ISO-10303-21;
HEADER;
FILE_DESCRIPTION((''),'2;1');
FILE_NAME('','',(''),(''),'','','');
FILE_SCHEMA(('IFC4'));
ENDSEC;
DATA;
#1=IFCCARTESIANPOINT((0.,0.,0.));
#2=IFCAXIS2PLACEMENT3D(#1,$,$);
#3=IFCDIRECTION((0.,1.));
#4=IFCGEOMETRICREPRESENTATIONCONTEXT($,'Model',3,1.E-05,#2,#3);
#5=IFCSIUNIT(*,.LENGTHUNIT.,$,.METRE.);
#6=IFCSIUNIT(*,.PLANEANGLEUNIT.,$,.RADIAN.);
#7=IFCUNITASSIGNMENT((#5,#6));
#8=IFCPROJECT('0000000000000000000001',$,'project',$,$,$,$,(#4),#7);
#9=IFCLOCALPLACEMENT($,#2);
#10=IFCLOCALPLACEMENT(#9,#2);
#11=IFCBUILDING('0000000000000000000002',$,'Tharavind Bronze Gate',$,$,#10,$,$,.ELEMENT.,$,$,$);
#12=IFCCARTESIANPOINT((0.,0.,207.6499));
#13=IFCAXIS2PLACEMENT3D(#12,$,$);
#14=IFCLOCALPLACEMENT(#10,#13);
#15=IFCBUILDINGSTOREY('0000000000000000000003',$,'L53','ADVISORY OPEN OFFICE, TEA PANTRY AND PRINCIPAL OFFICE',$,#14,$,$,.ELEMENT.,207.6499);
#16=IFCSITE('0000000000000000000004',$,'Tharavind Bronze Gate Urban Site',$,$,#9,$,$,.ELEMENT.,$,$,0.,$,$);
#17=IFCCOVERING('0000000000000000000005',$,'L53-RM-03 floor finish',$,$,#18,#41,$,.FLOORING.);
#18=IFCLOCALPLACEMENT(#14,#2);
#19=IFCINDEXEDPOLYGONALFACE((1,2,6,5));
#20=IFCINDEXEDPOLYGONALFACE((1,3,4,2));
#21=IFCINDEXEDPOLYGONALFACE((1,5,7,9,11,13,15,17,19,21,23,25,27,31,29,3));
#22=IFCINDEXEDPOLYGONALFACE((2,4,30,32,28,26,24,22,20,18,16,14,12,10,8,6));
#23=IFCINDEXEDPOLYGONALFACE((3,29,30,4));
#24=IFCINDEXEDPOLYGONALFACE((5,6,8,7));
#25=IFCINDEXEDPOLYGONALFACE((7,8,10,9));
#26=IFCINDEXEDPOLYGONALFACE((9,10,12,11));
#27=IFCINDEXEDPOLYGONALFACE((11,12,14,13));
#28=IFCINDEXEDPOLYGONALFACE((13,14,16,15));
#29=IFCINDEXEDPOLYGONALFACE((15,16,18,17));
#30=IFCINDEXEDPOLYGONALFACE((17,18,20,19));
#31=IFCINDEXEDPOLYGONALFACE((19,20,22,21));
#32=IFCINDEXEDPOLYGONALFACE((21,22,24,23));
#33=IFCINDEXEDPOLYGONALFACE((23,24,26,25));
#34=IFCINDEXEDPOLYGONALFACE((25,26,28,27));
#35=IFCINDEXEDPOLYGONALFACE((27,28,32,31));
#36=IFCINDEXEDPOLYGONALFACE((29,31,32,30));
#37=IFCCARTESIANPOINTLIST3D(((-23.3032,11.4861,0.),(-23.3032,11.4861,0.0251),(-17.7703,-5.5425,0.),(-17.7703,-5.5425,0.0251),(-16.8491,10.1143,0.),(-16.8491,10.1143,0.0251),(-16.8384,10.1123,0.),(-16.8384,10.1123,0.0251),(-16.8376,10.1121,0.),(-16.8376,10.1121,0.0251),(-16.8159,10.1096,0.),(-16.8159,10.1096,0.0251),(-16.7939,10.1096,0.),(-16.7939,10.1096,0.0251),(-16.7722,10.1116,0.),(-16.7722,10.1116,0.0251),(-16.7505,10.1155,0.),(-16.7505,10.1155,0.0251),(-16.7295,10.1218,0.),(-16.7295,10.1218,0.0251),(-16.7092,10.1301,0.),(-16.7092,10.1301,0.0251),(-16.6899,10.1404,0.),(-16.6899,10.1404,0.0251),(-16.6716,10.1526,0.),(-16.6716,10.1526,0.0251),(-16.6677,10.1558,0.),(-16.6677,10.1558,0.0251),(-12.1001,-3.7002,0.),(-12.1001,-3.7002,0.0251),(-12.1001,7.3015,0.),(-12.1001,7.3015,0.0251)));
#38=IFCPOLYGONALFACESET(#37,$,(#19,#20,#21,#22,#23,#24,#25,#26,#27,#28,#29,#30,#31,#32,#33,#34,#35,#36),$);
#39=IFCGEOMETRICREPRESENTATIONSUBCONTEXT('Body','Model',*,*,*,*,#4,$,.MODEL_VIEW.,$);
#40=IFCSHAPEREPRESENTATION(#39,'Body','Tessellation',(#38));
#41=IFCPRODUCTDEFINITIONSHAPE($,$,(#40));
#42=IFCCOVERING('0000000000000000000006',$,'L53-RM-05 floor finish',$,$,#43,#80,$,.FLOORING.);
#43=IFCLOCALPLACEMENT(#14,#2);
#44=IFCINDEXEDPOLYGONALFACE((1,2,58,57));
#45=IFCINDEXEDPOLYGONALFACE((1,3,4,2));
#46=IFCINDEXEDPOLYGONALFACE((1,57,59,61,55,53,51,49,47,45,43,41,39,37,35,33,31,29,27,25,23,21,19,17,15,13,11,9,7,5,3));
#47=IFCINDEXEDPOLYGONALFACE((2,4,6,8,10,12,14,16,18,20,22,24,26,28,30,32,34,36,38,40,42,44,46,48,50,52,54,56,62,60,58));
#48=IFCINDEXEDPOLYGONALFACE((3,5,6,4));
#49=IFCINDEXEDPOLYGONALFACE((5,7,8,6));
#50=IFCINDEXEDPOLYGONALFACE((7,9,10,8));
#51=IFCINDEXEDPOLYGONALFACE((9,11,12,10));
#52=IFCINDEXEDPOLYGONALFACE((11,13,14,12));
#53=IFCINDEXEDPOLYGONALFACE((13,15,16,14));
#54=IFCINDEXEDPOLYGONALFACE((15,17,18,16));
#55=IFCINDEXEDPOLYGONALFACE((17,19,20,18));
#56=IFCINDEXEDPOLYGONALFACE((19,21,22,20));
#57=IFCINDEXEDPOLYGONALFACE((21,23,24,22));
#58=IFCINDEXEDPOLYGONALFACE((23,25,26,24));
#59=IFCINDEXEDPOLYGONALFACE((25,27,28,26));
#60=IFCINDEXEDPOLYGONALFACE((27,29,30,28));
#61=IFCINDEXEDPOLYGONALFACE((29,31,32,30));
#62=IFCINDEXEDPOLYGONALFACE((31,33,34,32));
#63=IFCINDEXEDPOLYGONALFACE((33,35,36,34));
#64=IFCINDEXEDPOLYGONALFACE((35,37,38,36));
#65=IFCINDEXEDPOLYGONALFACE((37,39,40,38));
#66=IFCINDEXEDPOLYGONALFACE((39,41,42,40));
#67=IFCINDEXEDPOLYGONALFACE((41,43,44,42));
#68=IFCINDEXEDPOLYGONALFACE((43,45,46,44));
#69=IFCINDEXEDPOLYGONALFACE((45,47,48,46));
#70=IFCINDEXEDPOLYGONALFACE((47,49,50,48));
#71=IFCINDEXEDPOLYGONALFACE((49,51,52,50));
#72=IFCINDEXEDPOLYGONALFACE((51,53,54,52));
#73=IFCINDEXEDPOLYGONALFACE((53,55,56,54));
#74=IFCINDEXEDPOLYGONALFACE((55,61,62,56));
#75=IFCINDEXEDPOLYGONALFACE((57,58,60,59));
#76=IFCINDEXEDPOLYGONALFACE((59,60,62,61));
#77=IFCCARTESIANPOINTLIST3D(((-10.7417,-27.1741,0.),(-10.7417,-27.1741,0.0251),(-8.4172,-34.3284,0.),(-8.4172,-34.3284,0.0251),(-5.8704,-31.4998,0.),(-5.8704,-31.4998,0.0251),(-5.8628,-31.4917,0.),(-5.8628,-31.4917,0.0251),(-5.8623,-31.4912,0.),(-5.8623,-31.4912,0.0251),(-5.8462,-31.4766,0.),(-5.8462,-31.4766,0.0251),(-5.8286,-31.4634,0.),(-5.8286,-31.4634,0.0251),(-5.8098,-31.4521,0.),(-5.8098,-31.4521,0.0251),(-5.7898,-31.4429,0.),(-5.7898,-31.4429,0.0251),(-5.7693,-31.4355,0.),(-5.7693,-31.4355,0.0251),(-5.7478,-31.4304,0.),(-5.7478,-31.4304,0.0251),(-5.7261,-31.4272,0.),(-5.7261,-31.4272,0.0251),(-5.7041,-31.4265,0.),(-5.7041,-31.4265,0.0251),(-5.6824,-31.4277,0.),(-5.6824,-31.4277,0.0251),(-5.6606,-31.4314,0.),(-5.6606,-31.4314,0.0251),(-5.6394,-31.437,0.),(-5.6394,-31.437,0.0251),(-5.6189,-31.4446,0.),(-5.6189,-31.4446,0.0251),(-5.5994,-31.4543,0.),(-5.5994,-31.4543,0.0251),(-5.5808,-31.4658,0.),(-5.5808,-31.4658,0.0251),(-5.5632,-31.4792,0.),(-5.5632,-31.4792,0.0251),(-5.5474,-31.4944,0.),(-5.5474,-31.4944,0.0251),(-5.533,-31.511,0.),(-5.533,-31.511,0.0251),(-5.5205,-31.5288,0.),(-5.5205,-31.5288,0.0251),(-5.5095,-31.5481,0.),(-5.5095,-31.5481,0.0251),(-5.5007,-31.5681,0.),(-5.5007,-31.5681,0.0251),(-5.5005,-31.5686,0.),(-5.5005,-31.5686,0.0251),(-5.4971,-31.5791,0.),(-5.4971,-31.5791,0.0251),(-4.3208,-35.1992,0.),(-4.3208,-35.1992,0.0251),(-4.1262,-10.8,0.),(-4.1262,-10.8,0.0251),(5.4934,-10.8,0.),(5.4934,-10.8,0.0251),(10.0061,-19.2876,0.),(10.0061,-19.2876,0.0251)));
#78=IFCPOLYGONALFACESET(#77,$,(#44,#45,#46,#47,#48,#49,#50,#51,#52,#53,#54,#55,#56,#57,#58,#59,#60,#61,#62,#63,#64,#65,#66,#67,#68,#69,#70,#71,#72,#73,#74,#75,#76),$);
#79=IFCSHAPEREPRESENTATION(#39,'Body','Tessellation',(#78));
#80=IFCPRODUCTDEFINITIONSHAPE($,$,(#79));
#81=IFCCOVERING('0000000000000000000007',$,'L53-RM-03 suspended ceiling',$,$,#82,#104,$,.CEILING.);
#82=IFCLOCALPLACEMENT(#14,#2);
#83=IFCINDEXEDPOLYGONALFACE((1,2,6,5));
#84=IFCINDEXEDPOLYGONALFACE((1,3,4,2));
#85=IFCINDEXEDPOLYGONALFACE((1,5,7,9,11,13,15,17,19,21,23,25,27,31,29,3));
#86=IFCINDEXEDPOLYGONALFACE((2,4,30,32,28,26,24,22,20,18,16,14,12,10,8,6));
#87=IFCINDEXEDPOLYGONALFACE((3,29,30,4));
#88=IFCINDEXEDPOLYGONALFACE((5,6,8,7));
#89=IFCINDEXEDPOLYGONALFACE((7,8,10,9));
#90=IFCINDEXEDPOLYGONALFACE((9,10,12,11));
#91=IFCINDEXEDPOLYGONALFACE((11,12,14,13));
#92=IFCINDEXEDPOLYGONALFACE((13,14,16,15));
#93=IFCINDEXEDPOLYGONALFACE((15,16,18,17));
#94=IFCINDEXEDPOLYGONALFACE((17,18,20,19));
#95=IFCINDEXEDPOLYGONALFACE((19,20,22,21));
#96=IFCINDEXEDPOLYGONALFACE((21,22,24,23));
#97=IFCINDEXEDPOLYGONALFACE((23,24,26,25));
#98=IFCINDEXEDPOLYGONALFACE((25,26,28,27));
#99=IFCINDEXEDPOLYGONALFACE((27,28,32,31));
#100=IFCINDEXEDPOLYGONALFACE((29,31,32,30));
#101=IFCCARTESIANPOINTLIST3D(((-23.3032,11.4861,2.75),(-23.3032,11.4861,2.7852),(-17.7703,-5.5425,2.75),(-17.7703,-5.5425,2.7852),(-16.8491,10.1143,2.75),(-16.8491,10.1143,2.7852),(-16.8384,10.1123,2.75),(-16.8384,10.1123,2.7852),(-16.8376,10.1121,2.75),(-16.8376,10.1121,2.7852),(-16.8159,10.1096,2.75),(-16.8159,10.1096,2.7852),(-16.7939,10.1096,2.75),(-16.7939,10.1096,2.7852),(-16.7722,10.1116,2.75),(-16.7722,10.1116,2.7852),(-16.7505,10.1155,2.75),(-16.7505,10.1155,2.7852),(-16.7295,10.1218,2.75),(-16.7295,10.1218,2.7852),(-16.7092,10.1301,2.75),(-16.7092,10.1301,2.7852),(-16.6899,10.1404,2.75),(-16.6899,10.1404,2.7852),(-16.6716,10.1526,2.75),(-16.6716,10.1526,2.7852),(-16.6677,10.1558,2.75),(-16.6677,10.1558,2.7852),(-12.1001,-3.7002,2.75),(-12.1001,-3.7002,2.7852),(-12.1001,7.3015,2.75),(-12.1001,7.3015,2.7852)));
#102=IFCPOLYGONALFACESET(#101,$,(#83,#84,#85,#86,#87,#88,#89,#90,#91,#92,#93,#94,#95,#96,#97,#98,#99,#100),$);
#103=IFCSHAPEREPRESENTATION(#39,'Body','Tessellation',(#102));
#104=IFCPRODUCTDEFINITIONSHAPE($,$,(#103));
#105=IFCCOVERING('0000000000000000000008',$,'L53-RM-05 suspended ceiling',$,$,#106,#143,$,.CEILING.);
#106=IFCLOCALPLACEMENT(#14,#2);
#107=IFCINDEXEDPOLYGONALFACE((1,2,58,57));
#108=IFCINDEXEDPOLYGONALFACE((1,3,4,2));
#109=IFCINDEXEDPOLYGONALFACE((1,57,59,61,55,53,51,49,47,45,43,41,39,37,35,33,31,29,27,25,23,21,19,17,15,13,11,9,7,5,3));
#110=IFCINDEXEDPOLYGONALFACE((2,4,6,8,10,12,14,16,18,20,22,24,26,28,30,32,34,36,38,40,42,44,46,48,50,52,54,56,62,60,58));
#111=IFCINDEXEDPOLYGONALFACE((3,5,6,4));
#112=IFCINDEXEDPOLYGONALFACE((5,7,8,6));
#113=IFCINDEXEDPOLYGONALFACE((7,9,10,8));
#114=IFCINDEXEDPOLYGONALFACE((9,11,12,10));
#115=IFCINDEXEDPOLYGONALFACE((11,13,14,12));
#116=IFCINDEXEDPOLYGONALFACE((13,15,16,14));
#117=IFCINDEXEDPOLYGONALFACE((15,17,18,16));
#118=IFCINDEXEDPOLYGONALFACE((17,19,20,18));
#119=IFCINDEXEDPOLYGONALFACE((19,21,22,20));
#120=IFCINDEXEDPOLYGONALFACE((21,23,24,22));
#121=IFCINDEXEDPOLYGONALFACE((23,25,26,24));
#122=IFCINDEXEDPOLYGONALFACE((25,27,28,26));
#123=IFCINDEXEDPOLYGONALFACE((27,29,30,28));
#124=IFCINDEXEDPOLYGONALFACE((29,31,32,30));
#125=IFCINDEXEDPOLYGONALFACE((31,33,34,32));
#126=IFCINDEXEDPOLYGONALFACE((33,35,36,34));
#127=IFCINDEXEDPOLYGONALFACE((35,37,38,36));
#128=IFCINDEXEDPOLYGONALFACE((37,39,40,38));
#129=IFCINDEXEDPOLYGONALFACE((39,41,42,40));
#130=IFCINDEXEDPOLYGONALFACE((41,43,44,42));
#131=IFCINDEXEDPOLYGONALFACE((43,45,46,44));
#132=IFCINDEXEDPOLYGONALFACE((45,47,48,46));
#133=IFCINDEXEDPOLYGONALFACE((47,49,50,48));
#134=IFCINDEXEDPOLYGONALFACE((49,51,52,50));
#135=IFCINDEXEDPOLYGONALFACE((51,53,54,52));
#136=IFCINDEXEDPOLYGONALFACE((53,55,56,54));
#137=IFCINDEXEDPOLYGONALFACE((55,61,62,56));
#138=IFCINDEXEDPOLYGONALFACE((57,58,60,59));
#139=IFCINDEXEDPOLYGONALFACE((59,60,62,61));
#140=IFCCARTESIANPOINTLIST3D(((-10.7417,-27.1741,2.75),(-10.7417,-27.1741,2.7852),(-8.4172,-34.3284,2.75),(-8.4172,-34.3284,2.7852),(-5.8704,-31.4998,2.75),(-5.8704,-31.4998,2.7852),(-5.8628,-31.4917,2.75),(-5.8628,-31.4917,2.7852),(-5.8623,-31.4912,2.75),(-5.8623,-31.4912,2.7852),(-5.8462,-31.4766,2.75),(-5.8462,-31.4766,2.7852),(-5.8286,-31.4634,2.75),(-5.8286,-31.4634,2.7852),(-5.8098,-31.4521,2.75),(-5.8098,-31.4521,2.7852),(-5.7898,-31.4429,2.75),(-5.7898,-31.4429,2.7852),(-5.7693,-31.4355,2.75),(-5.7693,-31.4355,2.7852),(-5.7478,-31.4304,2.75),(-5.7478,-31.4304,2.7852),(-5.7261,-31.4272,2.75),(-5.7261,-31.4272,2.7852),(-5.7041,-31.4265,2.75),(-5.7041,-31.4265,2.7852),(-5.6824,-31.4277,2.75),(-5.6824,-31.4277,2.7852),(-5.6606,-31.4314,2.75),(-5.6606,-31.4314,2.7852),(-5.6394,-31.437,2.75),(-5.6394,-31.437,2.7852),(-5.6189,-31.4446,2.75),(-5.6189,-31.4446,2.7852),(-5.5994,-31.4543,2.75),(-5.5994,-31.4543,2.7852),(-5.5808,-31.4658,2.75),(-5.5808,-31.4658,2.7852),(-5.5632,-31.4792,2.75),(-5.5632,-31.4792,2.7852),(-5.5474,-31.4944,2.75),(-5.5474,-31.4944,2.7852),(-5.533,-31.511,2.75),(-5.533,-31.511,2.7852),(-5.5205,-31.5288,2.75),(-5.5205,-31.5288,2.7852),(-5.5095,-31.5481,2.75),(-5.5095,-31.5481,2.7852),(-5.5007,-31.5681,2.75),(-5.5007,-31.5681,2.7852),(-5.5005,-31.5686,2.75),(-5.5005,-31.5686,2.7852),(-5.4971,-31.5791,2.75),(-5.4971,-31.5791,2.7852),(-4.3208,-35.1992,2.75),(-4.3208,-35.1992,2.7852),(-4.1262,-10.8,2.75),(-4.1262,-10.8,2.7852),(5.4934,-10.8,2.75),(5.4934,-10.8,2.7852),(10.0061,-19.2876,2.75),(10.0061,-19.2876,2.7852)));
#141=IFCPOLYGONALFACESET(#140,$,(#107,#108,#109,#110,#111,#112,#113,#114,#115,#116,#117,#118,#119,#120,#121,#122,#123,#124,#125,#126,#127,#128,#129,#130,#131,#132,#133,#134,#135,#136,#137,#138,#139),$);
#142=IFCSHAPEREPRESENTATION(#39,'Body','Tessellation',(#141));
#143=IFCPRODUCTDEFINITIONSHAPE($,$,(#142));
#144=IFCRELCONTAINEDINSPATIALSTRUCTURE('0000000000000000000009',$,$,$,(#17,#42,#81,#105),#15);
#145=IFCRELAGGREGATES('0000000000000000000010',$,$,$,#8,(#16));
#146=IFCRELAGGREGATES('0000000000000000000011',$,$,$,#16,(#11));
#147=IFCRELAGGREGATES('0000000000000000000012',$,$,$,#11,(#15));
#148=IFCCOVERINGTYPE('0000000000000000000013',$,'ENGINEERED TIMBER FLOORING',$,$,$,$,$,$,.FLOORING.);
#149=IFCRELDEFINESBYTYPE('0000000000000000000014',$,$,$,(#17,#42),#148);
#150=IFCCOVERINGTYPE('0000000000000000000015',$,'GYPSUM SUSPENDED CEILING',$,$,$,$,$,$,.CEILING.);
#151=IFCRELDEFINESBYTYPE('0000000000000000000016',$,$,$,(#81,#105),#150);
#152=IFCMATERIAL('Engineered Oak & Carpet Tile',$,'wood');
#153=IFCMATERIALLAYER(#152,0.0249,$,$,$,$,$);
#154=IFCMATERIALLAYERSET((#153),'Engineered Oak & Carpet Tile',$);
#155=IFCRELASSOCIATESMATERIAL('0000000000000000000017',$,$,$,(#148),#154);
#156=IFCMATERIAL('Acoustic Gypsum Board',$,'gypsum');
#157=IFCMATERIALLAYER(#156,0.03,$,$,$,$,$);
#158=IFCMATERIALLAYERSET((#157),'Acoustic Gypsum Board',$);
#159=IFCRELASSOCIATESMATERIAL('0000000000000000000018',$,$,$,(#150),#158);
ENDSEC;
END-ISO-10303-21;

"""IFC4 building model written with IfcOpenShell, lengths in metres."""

from ifc_helpers import new_model, si_unit, direction, frame, origin, place, context, subcontext, project, spatial, polyline, outline, extrude, material, layer, layer_set, type_object, element, save


model = new_model("IFC4")

# Units and contexts
model_context = context("Model", 3, precision=1e-05, world=origin(), true_north=direction((0.0, 1.0)))
body_context = subcontext(model_context, "Body", "Model", "MODEL_VIEW")
ifc_project = project(units=[si_unit("LENGTHUNIT", "METRE"), si_unit("PLANEANGLEUNIT", "RADIAN")], contexts=[model_context])

# Site, building, storey
site_placement = place(None, origin())
site = spatial("IfcSite", under=ifc_project, at=site_placement, Name="Tharavind Bronze Gate Urban Site", CompositionType="ELEMENT", RefElevation=0.0)
building_placement = place(site_placement, origin())
building = spatial("IfcBuilding", under=site, at=building_placement, Name="Tharavind Bronze Gate", CompositionType="ELEMENT")
storey_placement = place(building_placement, frame((0.0, 0.0, 207.6499)))
storey = spatial("IfcBuildingStorey", under=building, at=storey_placement, Name="L53", Description="ADVISORY OPEN OFFICE, TEA PANTRY AND PRINCIPAL OFFICE", CompositionType="ELEMENT", Elevation=207.6499)

# Coverings
ifc_material_1 = material(Name="Engineered Oak & Carpet Tile", Category="wood")
ifc_layer_1 = layer(ifc_material_1, 0.0249)
ifc_layer_set_1 = layer_set([ifc_layer_1], Name="Engineered Oak & Carpet Tile")
covering_type_1 = type_object("IfcCoveringType", Name="ENGINEERED TIMBER FLOORING", PredefinedType="FLOORING", material=ifc_layer_set_1)
covering_1_placement = place(storey_placement, origin())
element("IfcCovering", 1, at=covering_1_placement, inside=storey, type_object=covering_type_1, Name="L53-RM-03 floor finish", PredefinedType="FLOORING", context=body_context, shape_type="SweptSolid", body=[
    extrude(outline(polyline([(-17.7703, -5.5425), (-12.1001, -3.7002), (-12.1001, 7.3015), (-16.6677, 10.1558), (-16.6716, 10.1526), (-16.6899, 10.1404), (-16.7092, 10.1301), (-16.7295, 10.1218), (-16.7505, 10.1155), (-16.7722, 10.1116), (-16.7939, 10.1096), (-16.8159, 10.1096), (-16.8376, 10.1121), (-16.8384, 10.1123), (-16.8491, 10.1143), (-23.3032, 11.4861), (-17.7703, -5.5425)])), origin(), (0.0, 0.0, 1.0), 0.0251),
])
covering_2_placement = place(storey_placement, origin())
element("IfcCovering", 2, at=covering_2_placement, inside=storey, type_object=covering_type_1, Name="L53-RM-05 floor finish", PredefinedType="FLOORING", context=body_context, shape_type="SweptSolid", body=[
    extrude(outline(polyline([(-8.4172, -34.3284), (-5.8704, -31.4998), (-5.8628, -31.4917), (-5.8623, -31.4912), (-5.8462, -31.4766), (-5.8286, -31.4634), (-5.8098, -31.4521), (-5.7898, -31.4429), (-5.7693, -31.4355), (-5.7478, -31.4304), (-5.7261, -31.4272), (-5.7041, -31.4265), (-5.6824, -31.4277), (-5.6606, -31.4314), (-5.6394, -31.437), (-5.6189, -31.4446), (-5.5994, -31.4543), (-5.5808, -31.4658), (-5.5632, -31.4792), (-5.5474, -31.4944), (-5.533, -31.511), (-5.5205, -31.5288), (-5.5095, -31.5481), (-5.5007, -31.5681), (-5.5005, -31.5686), (-5.4971, -31.5791), (-4.3208, -35.1992), (10.0061, -19.2876), (5.4934, -10.8), (-4.1262, -10.8), (-10.7417, -27.1741), (-8.4172, -34.3284)])), origin(), (0.0, 0.0, 1.0), 0.0251),
])
ifc_material_2 = material(Name="Acoustic Gypsum Board", Category="gypsum")
ifc_layer_2 = layer(ifc_material_2, 0.03)
ifc_layer_set_2 = layer_set([ifc_layer_2], Name="Acoustic Gypsum Board")
covering_type_2 = type_object("IfcCoveringType", Name="GYPSUM SUSPENDED CEILING", PredefinedType="CEILING", material=ifc_layer_set_2)
covering_3_placement = place(storey_placement, frame((0.0, 0.0, 2.75)))
element("IfcCovering", 3, at=covering_3_placement, inside=storey, type_object=covering_type_2, Name="L53-RM-03 suspended ceiling", PredefinedType="CEILING", context=body_context, shape_type="SweptSolid", body=[
    extrude(outline(polyline([(-17.7703, -5.5425), (-12.1001, -3.7002), (-12.1001, 7.3015), (-16.6677, 10.1558), (-16.6716, 10.1526), (-16.6899, 10.1404), (-16.7092, 10.1301), (-16.7295, 10.1218), (-16.7505, 10.1155), (-16.7722, 10.1116), (-16.7939, 10.1096), (-16.8159, 10.1096), (-16.8376, 10.1121), (-16.8384, 10.1123), (-16.8491, 10.1143), (-23.3032, 11.4861), (-17.7703, -5.5425)])), origin(), (0.0, 0.0, 1.0), 0.0352),
])
covering_4_placement = place(storey_placement, frame((0.0, 0.0, 2.75)))
element("IfcCovering", 4, at=covering_4_placement, inside=storey, type_object=covering_type_2, Name="L53-RM-05 suspended ceiling", PredefinedType="CEILING", context=body_context, shape_type="SweptSolid", body=[
    extrude(outline(polyline([(-8.4172, -34.3284), (-5.8704, -31.4998), (-5.8628, -31.4917), (-5.8623, -31.4912), (-5.8462, -31.4766), (-5.8286, -31.4634), (-5.8098, -31.4521), (-5.7898, -31.4429), (-5.7693, -31.4355), (-5.7478, -31.4304), (-5.7261, -31.4272), (-5.7041, -31.4265), (-5.6824, -31.4277), (-5.6606, -31.4314), (-5.6394, -31.437), (-5.6189, -31.4446), (-5.5994, -31.4543), (-5.5808, -31.4658), (-5.5632, -31.4792), (-5.5474, -31.4944), (-5.533, -31.511), (-5.5205, -31.5288), (-5.5095, -31.5481), (-5.5007, -31.5681), (-5.5005, -31.5686), (-5.4971, -31.5791), (-4.3208, -35.1992), (10.0061, -19.2876), (5.4934, -10.8), (-4.1262, -10.8), (-10.7417, -27.1741), (-8.4172, -34.3284)])), origin(), (0.0, 0.0, 1.0), 0.0352),
])

save(model, "model.ifc")
